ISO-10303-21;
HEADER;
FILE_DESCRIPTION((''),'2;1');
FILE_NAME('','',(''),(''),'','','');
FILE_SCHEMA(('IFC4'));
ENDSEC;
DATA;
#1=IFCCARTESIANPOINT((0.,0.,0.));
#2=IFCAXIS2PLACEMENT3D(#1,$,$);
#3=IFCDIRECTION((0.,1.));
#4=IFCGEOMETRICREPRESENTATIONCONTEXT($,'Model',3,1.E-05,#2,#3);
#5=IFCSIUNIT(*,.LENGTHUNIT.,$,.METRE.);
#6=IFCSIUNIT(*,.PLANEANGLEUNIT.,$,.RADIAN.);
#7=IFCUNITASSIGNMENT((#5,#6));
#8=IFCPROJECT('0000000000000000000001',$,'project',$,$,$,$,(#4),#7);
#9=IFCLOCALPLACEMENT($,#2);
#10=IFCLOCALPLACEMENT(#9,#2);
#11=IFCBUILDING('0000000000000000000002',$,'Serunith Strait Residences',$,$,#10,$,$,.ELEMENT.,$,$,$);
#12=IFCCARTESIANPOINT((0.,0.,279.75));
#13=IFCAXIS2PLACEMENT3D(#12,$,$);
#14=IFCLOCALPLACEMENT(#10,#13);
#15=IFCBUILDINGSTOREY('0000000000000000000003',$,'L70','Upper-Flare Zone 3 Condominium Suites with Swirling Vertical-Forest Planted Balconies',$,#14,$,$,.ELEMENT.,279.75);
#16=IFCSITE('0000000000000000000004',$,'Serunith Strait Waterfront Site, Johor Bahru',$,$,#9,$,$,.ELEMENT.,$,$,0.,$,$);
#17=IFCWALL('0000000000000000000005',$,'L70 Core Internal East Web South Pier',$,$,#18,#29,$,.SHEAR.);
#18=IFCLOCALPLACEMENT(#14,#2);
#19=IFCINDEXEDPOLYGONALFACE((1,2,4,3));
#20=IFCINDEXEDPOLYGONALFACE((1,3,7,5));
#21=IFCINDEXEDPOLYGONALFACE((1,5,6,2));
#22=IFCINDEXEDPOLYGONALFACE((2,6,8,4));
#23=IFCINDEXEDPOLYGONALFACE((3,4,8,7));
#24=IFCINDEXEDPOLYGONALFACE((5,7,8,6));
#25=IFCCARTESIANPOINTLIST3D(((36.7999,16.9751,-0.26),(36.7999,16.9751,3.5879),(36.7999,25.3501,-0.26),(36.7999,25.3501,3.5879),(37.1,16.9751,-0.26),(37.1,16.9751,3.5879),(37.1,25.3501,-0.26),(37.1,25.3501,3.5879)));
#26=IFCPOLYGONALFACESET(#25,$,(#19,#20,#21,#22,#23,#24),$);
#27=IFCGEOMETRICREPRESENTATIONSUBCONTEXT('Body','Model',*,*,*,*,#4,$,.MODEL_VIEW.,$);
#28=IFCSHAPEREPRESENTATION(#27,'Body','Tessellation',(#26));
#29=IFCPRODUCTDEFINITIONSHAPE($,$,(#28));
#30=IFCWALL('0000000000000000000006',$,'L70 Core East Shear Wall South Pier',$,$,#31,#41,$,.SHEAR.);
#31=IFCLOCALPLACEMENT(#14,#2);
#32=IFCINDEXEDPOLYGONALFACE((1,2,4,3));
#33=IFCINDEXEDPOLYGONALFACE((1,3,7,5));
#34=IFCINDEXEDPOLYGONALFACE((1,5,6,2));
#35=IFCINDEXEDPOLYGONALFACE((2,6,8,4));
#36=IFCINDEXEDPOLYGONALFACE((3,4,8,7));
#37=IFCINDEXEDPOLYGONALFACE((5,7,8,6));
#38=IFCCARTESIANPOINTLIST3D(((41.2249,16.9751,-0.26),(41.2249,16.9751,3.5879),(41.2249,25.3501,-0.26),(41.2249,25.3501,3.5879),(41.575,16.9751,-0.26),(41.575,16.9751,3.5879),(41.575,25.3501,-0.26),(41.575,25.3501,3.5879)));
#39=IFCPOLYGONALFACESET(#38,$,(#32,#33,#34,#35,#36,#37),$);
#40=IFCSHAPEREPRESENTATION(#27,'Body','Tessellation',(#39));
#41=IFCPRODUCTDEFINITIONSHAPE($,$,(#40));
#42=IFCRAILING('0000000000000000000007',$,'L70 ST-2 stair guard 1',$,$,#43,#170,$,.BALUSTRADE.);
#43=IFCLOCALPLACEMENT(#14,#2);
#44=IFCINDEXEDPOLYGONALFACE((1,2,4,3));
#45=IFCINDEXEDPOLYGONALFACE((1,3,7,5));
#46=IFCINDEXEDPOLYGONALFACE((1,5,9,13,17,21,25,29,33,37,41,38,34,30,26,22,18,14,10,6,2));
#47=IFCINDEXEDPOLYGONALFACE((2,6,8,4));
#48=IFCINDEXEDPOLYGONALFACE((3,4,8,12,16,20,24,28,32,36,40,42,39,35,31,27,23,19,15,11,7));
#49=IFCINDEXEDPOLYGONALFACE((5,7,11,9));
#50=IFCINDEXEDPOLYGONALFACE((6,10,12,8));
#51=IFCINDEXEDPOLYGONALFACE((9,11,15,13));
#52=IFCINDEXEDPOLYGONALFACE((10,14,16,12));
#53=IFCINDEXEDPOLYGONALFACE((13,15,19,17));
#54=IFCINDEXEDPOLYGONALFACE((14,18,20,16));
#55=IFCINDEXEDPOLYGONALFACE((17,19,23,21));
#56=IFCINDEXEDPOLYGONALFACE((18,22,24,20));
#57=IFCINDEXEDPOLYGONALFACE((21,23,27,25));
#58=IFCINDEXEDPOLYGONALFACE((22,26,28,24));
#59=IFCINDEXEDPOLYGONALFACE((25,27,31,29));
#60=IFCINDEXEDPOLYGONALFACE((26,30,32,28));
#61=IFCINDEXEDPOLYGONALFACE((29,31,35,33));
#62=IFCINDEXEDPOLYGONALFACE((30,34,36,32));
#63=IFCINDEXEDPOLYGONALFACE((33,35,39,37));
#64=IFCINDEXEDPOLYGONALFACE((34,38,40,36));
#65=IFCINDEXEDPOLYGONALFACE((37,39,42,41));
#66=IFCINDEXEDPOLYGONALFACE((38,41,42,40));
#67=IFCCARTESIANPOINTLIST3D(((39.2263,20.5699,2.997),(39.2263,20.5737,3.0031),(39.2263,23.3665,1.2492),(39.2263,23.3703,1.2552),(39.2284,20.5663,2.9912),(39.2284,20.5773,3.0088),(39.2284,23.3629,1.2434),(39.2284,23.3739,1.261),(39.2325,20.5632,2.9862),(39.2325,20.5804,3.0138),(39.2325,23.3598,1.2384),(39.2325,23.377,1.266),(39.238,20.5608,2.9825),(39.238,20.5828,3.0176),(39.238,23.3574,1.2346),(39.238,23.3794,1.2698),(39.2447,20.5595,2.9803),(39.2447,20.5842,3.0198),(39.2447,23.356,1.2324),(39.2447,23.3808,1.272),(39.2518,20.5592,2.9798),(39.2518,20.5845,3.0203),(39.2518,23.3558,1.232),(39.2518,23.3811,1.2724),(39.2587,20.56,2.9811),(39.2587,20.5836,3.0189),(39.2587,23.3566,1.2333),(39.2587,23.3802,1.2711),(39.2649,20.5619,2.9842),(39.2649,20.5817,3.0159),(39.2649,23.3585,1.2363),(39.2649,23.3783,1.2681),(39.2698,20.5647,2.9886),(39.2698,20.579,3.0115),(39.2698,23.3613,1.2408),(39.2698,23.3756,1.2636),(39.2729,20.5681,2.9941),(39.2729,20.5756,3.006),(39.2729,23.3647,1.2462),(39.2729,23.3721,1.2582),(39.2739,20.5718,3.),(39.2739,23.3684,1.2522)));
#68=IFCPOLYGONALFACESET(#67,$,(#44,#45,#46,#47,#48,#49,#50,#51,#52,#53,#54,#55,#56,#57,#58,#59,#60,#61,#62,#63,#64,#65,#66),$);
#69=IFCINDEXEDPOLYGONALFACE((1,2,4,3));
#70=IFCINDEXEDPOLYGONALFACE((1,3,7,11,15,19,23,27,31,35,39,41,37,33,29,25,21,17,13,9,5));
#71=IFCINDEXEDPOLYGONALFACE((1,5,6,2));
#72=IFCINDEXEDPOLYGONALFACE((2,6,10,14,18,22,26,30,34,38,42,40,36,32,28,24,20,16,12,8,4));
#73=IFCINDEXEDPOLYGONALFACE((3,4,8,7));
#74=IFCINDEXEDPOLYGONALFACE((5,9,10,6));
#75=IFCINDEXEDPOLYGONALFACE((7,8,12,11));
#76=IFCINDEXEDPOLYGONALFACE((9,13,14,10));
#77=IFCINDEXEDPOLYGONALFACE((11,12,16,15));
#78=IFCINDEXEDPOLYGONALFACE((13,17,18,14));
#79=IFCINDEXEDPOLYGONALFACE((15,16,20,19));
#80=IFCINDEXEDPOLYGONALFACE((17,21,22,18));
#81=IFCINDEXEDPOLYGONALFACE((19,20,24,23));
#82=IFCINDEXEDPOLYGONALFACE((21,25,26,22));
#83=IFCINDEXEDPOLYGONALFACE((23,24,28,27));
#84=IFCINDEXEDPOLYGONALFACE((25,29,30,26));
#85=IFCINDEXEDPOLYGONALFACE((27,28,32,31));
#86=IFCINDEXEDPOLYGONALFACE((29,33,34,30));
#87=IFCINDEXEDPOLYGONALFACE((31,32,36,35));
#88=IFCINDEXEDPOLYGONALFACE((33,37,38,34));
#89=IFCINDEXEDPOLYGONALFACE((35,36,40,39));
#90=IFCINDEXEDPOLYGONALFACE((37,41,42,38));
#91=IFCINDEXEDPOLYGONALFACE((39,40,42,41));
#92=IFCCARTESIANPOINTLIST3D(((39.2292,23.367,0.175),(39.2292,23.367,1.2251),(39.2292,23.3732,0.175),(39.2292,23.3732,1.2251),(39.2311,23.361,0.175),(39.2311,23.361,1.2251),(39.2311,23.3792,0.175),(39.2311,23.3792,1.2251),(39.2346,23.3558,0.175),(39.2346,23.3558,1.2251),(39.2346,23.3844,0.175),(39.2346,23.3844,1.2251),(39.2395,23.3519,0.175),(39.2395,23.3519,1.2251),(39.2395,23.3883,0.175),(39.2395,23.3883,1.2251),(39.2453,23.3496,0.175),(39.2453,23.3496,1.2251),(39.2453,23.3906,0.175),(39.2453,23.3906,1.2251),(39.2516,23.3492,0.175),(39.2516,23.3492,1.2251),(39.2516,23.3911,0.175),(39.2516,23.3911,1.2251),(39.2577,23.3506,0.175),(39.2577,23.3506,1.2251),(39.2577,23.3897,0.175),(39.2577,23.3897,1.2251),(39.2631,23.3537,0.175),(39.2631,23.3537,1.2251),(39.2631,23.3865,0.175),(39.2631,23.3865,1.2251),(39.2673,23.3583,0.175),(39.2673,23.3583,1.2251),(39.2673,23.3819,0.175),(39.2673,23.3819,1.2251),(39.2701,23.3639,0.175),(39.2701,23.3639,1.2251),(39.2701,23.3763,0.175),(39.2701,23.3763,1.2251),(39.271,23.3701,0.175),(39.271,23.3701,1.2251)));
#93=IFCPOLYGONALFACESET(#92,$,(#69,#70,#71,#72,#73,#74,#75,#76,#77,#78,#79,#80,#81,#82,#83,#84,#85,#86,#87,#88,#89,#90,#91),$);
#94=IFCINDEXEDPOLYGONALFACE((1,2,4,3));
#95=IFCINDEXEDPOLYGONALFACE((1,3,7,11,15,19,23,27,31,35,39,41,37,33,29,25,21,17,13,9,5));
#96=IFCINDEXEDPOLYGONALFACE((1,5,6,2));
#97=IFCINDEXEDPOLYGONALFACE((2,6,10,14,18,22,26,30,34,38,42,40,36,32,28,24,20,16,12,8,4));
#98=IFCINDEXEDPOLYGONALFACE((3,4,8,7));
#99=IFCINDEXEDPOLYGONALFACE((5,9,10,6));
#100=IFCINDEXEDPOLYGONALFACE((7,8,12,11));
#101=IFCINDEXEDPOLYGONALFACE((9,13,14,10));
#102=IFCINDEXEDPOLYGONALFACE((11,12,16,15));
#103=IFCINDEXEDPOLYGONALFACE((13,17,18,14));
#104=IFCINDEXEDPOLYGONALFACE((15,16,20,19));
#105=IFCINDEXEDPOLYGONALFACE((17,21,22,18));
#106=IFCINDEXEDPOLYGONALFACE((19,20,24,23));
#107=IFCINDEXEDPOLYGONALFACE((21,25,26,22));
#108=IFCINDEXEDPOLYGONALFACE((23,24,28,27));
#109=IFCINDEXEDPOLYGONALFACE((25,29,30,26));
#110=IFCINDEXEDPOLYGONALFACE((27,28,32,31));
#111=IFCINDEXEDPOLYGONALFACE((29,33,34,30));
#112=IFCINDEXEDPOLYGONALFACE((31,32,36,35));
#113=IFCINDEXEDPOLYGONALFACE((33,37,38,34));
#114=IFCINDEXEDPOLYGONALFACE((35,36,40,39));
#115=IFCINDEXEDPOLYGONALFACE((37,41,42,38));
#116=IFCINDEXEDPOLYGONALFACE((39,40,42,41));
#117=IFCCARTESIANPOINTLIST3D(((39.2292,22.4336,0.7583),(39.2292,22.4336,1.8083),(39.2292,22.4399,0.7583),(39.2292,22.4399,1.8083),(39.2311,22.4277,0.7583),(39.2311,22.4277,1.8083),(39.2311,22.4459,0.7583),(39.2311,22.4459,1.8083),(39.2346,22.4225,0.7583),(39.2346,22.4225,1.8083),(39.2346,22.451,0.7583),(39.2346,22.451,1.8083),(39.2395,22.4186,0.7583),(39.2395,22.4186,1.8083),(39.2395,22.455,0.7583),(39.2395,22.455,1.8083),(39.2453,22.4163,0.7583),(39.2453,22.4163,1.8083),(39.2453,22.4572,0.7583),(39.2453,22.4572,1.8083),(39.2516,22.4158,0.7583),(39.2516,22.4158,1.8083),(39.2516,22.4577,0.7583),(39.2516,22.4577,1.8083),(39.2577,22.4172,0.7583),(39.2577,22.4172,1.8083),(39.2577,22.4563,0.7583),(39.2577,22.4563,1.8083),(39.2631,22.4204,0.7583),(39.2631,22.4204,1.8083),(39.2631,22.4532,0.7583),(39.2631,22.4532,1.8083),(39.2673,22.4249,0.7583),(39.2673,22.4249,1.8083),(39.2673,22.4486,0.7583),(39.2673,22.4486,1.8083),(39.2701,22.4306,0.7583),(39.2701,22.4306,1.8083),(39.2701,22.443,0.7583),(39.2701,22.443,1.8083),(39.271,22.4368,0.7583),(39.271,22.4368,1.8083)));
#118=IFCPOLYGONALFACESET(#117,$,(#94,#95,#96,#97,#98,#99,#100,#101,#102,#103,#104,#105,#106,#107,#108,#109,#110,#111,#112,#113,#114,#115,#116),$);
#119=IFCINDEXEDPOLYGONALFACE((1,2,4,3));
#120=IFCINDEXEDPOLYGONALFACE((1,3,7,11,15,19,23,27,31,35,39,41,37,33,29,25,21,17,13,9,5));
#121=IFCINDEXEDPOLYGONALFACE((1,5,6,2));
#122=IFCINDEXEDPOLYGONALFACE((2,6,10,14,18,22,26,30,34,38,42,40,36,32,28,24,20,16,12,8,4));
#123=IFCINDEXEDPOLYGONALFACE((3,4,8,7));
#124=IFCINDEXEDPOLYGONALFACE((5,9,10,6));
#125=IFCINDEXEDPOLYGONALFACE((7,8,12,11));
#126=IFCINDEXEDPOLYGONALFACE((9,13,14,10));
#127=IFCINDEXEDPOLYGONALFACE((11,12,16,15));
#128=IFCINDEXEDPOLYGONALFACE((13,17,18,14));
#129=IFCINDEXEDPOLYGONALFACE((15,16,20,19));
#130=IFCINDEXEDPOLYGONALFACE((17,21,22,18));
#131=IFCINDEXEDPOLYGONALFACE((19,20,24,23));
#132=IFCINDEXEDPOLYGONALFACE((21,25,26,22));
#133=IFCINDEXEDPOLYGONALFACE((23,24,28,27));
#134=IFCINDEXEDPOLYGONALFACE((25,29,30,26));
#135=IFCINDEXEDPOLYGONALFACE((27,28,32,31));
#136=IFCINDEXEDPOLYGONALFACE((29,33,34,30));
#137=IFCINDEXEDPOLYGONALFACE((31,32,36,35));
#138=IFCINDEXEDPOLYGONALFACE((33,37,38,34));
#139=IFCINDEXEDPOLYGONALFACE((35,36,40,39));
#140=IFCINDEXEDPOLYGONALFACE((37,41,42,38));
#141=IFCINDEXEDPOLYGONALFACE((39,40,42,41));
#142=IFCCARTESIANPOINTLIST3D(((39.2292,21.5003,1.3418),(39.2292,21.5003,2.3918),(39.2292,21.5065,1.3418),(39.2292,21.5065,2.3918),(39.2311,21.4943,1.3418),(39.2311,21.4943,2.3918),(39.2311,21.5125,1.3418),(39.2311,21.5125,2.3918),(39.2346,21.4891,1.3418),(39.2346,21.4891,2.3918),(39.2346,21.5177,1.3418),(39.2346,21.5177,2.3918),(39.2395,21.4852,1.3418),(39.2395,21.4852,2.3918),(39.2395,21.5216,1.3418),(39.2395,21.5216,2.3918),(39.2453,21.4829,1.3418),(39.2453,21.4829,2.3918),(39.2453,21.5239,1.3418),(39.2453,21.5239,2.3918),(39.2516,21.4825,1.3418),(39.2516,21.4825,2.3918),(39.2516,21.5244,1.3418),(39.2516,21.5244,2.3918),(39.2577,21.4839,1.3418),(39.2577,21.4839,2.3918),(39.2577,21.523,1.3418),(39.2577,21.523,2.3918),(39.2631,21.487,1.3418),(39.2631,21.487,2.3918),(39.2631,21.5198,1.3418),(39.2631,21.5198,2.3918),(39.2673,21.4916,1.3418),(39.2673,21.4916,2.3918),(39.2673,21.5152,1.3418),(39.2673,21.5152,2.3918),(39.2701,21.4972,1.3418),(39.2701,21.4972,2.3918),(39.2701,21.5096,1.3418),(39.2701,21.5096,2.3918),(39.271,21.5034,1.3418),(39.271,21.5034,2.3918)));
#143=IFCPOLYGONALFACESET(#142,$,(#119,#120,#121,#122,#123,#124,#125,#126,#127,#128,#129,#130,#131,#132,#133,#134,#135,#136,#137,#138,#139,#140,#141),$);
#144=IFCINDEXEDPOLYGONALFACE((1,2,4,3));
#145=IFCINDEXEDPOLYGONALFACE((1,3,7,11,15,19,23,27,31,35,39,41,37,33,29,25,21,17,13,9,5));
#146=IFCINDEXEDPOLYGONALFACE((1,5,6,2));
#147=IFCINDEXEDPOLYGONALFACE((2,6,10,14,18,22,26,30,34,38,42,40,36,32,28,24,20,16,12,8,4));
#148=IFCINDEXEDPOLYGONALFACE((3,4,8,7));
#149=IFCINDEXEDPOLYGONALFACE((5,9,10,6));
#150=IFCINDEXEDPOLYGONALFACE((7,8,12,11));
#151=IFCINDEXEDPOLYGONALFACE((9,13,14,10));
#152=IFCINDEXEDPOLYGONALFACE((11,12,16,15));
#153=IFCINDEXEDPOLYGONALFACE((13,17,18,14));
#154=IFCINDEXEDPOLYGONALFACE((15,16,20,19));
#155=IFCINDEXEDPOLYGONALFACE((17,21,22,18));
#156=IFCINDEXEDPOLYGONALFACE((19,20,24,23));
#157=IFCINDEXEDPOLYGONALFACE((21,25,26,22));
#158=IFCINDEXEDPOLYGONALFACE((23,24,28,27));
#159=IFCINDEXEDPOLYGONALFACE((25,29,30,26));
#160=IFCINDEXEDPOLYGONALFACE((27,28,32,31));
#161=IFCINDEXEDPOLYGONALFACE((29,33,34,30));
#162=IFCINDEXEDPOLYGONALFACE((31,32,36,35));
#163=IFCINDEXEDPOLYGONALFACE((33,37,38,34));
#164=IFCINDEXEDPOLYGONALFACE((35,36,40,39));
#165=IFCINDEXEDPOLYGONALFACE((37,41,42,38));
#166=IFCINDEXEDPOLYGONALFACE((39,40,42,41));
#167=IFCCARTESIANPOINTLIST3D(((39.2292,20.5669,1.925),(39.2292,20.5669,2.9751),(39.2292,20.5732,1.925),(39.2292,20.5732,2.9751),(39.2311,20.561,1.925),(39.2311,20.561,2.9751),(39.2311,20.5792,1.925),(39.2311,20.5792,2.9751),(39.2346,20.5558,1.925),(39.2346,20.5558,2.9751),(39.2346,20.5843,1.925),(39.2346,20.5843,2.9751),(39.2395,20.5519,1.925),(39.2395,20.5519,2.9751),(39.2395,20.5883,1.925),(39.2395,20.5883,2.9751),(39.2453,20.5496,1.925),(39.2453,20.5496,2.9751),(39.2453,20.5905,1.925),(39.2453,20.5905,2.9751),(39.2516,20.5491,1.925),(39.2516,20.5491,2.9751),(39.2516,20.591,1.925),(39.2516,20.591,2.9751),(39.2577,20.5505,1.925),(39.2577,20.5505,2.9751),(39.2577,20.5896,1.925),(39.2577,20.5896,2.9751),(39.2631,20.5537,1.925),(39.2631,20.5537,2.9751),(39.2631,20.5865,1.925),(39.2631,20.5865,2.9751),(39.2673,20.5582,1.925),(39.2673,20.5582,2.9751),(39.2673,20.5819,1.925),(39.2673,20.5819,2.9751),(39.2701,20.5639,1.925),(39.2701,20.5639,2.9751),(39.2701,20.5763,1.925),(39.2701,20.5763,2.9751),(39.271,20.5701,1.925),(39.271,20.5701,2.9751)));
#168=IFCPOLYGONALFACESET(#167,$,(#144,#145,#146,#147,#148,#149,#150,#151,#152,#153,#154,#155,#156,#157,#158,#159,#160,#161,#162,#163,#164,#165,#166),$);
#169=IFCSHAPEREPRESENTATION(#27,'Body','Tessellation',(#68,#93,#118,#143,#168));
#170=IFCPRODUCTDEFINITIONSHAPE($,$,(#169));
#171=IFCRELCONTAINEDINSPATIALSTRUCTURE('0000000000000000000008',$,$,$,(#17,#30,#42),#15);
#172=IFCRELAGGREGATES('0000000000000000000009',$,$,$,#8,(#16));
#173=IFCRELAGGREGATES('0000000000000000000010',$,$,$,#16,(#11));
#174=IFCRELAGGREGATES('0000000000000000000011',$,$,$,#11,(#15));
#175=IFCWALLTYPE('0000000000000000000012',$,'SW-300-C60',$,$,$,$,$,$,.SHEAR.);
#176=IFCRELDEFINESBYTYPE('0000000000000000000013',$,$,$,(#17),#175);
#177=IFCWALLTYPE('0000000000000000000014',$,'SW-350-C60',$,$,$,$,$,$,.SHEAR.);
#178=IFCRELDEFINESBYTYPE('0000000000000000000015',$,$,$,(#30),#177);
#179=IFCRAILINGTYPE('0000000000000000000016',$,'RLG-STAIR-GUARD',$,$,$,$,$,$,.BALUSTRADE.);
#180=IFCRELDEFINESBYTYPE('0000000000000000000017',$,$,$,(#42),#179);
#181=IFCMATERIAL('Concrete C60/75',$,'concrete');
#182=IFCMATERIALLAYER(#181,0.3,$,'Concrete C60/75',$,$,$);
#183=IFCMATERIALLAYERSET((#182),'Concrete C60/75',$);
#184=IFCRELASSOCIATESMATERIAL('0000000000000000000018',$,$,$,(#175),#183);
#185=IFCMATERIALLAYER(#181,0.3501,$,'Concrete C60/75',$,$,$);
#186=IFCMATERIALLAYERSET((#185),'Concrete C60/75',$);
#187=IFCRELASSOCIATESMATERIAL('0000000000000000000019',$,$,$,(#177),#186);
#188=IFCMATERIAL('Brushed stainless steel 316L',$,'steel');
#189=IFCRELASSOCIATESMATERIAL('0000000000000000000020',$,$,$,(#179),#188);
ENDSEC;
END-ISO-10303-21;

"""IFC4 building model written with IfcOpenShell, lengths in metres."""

from ifc_helpers import new_model, si_unit, direction, frame, frame_2d, origin, origin_2d, place, context, subcontext, project, spatial, rectangle, circle, extrude, material, layer, layer_set, type_object, element, save


model = new_model("IFC4")

# Units and contexts
model_context = context("Model", 3, precision=1e-05, world=origin(), true_north=direction((0.0, 1.0)))
body_context = subcontext(model_context, "Body", "Model", "MODEL_VIEW")
ifc_project = project(units=[si_unit("LENGTHUNIT", "METRE"), si_unit("PLANEANGLEUNIT", "RADIAN")], contexts=[model_context])

# Site, building, storey
site_placement = place(None, origin())
site = spatial("IfcSite", under=ifc_project, at=site_placement, Name="Serunith Strait Waterfront Site, Johor Bahru", CompositionType="ELEMENT", RefElevation=0.0)
building_placement = place(site_placement, origin())
building = spatial("IfcBuilding", under=site, at=building_placement, Name="Serunith Strait Residences", CompositionType="ELEMENT")
storey_placement = place(building_placement, frame((0.0, 0.0, 279.75)))
storey = spatial("IfcBuildingStorey", under=building, at=storey_placement, Name="L70", Description="Upper-Flare Zone 3 Condominium Suites with Swirling Vertical-Forest Planted Balconies", CompositionType="ELEMENT", Elevation=279.75)

# Shared definitions
ifc_material_1 = material(Name="Concrete C60/75", Category="concrete")

# Walls
ifc_layer_1 = layer(ifc_material_1, 0.3, Name="Concrete C60/75")
ifc_layer_set_1 = layer_set([ifc_layer_1], Name="Concrete C60/75")
wall_type_1 = type_object("IfcWallType", Name="SW-300-C60", PredefinedType="SHEAR", material=ifc_layer_set_1)
wall_1_placement = place(storey_placement, frame((36.95, 16.9751, -0.26), z_axis=(0.0, 0.0, 1.0), x_axis=(0.0, 1.0, 0.0)))
element("IfcWall", 1, at=wall_1_placement, inside=storey, type_object=wall_type_1, Name="L70 Core Internal East Web South Pier", PredefinedType="SHEAR", context=body_context, shape_type="SweptSolid", body=[
    extrude(rectangle(XDim=8.375, YDim=0.3, at=frame_2d((4.1875, 0.0))), origin(), (0.0, 0.0, 1.0), 3.8479),
])
ifc_layer_2 = layer(ifc_material_1, 0.3501, Name="Concrete C60/75")
ifc_layer_set_2 = layer_set([ifc_layer_2], Name="Concrete C60/75")
wall_type_2 = type_object("IfcWallType", Name="SW-350-C60", PredefinedType="SHEAR", material=ifc_layer_set_2)
wall_2_placement = place(storey_placement, frame((41.3999, 16.9751, -0.26), z_axis=(0.0, 0.0, 1.0), x_axis=(0.0, 1.0, 0.0)))
element("IfcWall", 2, at=wall_2_placement, inside=storey, type_object=wall_type_2, Name="L70 Core East Shear Wall South Pier", PredefinedType="SHEAR", context=body_context, shape_type="SweptSolid", body=[
    extrude(rectangle(XDim=8.375, YDim=0.3501, at=frame_2d((4.1875, 0.0))), origin(), (0.0, 0.0, 1.0), 3.8479),
])

# Railing
ifc_material_2 = material(Name="Brushed stainless steel 316L", Category="steel")
railing_type_1 = type_object("IfcRailingType", Name="RLG-STAIR-GUARD", PredefinedType="BALUSTRADE", material=ifc_material_2)
railing_1_placement = place(storey_placement, frame((39.25, 23.3701, 0.175)))
element("IfcRailing", 3, at=railing_1_placement, inside=storey, type_object=railing_type_1, Name="L70 ST-2 stair guard 1", PredefinedType="BALUSTRADE", context=body_context, shape_type="SweptSolid", body=[
    extrude(circle(Radius=0.0239, at=origin_2d()), frame((0.0, -0.0017, 1.0771), z_axis=(0.0, -0.848002, 0.529992), x_axis=(1.0, 0.0, 0.0)), (0.0, 0.0, 1.0), 3.2979),
    extrude(circle(Radius=0.021, at=origin_2d()), origin(), (0.0, 0.0, 1.0), 1.05),
    extrude(circle(Radius=0.021, at=origin_2d()), frame((0.0, -0.9333, 0.5833)), (0.0, 0.0, 1.0), 1.05),
    extrude(circle(Radius=0.021, at=origin_2d()), frame((0.0, -1.8667, 1.1667)), (0.0, 0.0, 1.0), 1.05),
    extrude(circle(Radius=0.021, at=origin_2d()), frame((0.0, -2.8, 1.75)), (0.0, 0.0, 1.0), 1.05),
])

save(model, "model.ifc")
